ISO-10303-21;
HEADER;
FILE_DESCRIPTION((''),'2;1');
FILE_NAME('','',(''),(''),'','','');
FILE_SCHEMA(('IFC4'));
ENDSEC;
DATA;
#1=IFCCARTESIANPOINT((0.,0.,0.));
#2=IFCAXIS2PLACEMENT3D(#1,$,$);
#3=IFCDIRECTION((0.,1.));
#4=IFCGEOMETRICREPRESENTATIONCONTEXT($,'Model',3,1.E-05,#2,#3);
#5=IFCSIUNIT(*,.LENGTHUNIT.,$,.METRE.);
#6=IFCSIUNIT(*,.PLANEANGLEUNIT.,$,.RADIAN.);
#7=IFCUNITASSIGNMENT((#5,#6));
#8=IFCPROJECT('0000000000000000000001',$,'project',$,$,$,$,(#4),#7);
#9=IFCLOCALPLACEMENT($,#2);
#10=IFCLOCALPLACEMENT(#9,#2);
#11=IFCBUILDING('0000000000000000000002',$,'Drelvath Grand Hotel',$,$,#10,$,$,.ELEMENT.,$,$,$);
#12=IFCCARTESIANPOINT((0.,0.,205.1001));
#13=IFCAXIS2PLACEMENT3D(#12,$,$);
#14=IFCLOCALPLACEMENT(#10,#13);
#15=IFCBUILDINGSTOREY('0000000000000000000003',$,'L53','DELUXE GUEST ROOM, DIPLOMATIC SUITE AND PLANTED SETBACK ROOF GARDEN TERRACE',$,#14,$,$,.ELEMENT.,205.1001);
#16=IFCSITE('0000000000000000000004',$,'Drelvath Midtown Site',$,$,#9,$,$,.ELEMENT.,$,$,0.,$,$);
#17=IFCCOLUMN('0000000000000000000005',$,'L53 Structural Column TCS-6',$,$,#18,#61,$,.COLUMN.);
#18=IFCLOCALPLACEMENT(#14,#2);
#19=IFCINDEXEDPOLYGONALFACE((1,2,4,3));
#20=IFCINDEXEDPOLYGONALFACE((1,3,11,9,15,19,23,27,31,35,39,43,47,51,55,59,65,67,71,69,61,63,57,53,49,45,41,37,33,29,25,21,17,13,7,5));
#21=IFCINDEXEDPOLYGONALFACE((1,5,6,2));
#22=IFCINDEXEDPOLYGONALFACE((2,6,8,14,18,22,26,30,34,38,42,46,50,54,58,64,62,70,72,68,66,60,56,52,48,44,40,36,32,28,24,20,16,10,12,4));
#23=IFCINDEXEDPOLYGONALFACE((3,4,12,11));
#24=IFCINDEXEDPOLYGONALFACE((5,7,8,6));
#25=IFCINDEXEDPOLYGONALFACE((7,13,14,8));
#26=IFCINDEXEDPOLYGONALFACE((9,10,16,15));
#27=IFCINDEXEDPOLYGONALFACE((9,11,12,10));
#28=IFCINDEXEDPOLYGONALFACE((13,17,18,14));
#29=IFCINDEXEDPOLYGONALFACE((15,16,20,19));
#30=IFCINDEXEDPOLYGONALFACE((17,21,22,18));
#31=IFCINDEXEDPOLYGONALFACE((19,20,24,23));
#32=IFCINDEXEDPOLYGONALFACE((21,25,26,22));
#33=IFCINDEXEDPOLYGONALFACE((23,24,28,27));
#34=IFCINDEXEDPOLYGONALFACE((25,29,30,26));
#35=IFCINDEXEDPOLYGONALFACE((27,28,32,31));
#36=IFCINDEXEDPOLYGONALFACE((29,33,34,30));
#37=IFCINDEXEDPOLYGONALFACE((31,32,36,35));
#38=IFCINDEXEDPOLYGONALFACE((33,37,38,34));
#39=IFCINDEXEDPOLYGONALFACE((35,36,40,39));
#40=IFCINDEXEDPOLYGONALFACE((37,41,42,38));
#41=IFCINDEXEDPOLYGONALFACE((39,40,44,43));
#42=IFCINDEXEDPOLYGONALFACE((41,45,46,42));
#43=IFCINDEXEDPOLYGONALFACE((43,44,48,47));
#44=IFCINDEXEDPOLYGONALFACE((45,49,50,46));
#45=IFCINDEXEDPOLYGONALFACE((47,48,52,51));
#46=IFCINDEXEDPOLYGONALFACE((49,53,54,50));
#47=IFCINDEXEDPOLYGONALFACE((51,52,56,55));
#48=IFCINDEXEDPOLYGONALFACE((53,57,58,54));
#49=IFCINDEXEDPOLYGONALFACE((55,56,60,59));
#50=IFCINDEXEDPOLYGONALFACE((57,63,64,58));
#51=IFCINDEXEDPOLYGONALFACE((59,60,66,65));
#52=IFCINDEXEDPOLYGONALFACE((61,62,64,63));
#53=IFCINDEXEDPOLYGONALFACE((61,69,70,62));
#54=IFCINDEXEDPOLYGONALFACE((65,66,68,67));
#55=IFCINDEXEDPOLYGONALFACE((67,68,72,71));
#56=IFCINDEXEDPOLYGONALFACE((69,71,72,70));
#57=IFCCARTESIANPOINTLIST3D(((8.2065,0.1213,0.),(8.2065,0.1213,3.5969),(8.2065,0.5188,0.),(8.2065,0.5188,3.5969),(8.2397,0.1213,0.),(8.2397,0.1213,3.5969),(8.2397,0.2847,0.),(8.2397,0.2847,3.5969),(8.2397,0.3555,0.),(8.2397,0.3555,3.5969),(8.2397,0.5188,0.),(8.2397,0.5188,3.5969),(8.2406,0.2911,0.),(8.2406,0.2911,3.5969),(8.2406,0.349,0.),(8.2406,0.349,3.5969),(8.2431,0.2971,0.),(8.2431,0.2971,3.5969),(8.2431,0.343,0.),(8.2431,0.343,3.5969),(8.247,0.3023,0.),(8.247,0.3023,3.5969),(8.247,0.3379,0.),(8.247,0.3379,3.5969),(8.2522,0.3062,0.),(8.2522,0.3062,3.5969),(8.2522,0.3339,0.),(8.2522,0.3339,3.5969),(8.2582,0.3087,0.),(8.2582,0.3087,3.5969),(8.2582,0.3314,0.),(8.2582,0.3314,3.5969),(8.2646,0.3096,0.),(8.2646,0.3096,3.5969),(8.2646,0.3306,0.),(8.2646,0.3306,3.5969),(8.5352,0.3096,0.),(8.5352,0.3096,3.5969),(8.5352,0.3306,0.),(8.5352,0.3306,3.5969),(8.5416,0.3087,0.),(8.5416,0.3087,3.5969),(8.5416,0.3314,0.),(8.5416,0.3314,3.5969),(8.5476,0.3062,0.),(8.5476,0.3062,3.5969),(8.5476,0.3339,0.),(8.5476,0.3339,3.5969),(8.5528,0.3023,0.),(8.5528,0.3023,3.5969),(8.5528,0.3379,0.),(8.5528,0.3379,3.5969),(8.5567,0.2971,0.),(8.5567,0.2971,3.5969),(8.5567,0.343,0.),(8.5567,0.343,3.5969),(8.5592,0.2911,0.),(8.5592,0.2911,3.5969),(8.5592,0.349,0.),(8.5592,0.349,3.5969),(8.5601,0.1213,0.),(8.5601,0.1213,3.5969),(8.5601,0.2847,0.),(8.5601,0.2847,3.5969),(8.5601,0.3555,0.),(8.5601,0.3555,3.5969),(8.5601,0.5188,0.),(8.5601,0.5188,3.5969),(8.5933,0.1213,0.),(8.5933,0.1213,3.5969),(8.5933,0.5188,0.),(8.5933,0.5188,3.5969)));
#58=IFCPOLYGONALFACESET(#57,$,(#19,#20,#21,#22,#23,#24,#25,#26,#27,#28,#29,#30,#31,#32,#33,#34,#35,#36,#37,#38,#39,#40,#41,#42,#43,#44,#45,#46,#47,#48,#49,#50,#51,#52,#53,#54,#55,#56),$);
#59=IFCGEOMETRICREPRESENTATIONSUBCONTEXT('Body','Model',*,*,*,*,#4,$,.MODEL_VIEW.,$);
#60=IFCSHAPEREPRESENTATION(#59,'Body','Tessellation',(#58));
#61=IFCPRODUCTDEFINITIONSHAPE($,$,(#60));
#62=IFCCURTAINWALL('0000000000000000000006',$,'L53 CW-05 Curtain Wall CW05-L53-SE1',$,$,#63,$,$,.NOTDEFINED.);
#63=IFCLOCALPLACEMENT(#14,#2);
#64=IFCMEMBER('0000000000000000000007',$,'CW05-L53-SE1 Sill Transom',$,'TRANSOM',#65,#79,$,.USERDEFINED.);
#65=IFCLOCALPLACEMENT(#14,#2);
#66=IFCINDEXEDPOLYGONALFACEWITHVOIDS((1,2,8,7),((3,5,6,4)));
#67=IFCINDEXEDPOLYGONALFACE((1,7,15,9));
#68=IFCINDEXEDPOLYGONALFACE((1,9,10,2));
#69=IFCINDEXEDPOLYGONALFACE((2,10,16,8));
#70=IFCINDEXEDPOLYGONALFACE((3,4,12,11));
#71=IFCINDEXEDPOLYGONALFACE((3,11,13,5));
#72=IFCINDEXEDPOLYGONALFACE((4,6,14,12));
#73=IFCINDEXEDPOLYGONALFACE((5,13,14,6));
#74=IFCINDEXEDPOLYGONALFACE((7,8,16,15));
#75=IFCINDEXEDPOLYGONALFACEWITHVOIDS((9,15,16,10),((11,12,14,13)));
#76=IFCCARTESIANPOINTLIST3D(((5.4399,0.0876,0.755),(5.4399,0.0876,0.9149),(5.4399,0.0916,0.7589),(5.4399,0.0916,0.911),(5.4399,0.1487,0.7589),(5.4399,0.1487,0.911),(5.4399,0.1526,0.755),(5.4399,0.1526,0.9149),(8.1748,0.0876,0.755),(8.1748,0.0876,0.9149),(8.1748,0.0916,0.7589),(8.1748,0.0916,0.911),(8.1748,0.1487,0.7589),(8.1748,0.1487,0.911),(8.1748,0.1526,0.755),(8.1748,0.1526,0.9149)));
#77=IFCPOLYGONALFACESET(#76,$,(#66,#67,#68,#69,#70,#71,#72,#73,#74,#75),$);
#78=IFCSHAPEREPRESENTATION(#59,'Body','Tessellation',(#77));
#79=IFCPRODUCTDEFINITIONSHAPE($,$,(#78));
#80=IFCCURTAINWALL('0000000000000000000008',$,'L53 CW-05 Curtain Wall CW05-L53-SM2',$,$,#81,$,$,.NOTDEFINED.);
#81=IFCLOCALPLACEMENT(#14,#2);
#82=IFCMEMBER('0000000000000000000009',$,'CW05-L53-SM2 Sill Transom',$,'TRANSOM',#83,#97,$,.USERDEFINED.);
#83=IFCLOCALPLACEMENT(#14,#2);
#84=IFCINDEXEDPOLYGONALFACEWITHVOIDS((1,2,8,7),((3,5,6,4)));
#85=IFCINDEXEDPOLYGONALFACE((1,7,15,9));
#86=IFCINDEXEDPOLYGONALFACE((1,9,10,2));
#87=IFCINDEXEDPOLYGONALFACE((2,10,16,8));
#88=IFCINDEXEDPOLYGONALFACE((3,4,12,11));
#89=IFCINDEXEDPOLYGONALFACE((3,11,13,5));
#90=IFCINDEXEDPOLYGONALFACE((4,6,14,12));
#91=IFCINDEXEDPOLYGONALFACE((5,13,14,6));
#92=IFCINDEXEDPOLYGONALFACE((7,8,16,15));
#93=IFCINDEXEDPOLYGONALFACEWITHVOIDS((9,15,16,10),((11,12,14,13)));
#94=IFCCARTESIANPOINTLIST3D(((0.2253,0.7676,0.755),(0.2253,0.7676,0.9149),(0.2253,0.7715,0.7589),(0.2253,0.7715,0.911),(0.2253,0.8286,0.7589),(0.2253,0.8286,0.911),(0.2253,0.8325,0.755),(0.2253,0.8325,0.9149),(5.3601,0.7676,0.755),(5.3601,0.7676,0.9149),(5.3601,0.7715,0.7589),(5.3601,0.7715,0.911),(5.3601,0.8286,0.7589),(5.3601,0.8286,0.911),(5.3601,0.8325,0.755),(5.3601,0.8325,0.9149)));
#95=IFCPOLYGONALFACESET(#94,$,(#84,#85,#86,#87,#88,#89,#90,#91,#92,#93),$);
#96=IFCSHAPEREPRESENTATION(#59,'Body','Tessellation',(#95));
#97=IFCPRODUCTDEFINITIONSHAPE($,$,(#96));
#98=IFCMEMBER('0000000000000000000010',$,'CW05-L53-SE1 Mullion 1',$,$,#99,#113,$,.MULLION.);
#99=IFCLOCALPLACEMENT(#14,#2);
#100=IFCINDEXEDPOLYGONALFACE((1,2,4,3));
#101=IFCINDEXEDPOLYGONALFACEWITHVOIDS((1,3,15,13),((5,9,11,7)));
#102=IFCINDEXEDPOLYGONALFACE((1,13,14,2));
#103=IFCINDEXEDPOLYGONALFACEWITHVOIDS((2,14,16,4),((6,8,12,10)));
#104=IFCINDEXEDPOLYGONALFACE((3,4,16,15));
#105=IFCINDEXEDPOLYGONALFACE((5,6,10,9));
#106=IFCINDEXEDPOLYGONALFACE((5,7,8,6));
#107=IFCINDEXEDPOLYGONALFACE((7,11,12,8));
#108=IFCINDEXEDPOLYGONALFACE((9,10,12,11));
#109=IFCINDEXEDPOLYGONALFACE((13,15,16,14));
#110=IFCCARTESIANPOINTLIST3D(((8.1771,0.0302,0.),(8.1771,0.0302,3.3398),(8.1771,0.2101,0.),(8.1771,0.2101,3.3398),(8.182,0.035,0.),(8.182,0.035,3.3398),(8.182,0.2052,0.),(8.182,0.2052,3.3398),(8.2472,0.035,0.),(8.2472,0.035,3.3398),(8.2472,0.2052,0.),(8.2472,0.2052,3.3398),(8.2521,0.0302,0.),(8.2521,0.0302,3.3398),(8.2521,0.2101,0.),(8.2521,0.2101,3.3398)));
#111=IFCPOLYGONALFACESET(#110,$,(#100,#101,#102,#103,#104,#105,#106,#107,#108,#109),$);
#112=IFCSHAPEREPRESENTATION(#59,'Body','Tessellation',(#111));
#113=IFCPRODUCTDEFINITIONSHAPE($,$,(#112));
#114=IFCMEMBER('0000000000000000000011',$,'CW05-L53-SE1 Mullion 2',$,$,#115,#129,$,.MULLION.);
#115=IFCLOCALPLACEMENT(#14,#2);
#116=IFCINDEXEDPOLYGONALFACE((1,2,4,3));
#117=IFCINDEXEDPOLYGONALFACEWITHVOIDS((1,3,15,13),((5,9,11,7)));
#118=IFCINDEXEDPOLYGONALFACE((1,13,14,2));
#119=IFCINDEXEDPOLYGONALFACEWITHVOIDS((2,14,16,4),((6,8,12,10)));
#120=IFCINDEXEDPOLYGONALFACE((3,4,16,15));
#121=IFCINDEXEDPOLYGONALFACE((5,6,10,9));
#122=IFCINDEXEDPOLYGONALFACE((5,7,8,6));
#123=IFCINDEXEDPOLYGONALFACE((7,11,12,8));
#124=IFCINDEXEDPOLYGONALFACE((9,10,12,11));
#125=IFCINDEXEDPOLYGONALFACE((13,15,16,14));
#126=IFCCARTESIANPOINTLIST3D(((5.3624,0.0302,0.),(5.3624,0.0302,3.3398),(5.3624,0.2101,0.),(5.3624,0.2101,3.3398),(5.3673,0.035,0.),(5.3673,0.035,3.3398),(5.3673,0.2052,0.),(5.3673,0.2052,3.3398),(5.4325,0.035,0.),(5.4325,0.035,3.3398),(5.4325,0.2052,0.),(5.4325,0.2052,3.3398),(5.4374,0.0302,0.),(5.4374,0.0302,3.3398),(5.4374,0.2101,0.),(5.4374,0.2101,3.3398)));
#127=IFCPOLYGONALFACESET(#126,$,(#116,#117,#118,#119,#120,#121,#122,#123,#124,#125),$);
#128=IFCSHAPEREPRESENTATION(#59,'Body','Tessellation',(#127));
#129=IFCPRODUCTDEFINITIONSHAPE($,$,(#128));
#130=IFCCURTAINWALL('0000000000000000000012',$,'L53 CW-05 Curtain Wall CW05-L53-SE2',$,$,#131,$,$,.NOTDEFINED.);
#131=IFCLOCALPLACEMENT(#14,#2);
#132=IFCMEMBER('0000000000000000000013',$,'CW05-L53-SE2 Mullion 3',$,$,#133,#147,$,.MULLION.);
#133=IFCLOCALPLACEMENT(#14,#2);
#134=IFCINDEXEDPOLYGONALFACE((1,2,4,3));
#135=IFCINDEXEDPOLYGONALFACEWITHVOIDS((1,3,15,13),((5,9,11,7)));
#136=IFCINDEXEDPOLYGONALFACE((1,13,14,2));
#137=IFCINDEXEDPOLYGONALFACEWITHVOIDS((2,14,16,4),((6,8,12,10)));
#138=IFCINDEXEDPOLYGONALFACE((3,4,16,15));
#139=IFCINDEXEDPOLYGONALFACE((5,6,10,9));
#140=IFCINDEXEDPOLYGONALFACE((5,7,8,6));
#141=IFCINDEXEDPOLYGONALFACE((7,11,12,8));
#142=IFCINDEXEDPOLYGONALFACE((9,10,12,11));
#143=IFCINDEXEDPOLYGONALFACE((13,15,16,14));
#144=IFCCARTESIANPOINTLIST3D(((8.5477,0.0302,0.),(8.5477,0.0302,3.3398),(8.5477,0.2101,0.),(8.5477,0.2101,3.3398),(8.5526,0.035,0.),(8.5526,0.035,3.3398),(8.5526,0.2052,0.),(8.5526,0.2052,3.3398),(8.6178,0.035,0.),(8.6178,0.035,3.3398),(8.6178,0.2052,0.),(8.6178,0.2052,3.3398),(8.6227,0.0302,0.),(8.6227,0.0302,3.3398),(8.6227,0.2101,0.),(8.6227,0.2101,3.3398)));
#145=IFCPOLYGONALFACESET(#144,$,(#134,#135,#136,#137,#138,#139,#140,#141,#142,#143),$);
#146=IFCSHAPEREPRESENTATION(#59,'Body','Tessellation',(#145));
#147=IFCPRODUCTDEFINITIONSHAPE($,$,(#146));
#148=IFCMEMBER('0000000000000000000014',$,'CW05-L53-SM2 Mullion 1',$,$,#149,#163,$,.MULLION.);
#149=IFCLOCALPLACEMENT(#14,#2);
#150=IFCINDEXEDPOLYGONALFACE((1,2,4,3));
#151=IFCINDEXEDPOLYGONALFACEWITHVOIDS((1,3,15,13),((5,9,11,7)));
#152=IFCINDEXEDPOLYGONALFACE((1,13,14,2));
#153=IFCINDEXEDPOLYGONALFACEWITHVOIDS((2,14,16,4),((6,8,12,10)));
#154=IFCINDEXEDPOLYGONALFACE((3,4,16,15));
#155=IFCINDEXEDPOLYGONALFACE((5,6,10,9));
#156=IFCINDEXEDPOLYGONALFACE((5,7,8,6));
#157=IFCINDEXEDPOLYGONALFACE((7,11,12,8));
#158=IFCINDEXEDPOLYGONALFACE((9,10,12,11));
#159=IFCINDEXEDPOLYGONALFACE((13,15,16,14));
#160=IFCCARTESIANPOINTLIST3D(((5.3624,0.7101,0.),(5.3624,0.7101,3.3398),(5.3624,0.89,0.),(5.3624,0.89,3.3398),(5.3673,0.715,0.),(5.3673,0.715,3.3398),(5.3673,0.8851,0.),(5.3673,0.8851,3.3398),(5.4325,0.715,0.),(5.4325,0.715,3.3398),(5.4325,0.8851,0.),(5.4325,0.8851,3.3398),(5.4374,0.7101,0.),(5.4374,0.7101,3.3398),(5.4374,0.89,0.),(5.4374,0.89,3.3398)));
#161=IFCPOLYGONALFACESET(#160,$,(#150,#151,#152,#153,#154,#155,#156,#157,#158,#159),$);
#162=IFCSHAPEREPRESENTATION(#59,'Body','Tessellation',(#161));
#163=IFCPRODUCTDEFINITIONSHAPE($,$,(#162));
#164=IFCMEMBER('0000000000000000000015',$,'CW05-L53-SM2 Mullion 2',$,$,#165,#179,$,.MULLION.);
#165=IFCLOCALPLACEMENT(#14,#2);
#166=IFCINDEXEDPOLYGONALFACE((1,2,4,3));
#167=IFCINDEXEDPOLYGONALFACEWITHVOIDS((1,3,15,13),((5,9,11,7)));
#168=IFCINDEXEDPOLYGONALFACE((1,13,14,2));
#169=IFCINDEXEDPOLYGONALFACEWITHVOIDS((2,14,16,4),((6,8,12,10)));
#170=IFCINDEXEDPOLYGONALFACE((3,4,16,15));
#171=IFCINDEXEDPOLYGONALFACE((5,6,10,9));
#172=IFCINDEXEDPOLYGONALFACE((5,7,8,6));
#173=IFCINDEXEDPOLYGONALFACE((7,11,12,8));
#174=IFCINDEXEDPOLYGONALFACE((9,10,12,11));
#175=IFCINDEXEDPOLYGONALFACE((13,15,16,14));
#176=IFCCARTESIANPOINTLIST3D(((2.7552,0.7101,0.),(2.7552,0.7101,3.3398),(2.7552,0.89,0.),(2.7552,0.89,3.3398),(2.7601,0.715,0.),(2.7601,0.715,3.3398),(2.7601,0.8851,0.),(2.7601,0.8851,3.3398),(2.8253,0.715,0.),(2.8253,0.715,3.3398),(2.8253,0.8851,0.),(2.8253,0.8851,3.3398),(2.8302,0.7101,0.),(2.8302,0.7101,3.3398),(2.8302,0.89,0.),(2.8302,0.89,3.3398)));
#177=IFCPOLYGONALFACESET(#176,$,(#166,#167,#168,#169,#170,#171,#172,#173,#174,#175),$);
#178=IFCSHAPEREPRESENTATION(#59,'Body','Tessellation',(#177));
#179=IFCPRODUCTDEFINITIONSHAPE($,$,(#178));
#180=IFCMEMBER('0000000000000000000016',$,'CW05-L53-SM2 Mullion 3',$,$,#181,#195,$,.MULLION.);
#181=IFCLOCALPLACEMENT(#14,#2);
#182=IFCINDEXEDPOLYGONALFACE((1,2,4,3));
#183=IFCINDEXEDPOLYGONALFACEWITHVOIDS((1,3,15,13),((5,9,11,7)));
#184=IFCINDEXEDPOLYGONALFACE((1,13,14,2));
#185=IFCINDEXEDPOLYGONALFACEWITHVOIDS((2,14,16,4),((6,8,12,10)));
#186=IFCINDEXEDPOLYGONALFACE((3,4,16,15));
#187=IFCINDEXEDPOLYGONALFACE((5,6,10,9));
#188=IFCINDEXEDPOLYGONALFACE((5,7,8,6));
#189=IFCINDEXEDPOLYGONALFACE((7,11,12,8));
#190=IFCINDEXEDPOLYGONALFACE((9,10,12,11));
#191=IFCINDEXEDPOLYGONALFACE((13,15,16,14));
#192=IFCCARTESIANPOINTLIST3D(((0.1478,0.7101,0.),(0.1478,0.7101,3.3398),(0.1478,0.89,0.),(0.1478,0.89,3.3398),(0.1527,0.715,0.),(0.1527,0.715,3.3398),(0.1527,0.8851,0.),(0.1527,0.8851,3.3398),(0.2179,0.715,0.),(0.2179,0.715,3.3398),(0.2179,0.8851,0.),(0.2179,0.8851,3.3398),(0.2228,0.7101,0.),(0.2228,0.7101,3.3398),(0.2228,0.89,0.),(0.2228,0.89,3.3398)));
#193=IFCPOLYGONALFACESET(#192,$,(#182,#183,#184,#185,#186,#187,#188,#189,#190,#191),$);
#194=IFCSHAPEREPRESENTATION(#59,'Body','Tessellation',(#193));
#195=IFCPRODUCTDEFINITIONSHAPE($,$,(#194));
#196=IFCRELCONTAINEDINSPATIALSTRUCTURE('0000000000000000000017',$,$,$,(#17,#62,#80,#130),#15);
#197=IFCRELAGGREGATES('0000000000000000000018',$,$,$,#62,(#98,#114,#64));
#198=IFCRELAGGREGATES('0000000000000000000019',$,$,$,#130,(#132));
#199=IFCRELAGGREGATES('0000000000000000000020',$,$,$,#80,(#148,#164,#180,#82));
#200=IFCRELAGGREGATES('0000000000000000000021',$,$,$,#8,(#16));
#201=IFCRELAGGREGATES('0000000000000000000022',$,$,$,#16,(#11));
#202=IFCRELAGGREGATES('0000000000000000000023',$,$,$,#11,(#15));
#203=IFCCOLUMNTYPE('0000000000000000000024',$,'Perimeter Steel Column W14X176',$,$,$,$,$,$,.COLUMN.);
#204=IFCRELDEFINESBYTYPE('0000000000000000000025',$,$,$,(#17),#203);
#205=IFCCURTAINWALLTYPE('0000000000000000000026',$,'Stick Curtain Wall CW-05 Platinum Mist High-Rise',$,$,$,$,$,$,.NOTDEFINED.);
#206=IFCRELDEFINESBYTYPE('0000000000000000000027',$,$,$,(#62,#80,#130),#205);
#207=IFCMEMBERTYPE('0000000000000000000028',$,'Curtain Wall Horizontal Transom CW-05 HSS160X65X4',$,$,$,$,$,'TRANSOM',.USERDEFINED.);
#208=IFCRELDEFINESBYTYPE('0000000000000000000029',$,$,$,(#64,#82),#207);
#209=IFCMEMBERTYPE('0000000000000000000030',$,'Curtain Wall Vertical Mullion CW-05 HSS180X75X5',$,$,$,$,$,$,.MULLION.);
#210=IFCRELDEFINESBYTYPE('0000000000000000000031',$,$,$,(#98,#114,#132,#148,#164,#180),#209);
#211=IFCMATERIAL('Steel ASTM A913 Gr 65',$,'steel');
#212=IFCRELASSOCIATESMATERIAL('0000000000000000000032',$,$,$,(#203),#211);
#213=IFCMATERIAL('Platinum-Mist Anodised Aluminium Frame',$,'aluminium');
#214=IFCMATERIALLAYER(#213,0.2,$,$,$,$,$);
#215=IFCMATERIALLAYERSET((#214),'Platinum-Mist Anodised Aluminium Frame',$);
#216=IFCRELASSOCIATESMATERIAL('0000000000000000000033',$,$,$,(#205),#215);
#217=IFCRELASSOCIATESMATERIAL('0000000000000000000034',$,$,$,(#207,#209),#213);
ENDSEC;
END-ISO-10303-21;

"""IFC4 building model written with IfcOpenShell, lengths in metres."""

from ifc_helpers import new_model, si_unit, direction, frame, origin, origin_2d, place, context, subcontext, project, spatial, hollow_rectangle, i_section, extrude, material, layer, layer_set, material_profile, profile_set, type_object, element, aggregate, save


model = new_model("IFC4")

# Units and contexts
model_context = context("Model", 3, precision=1e-05, world=origin(), true_north=direction((0.0, 1.0)))
body_context = subcontext(model_context, "Body", "Model", "MODEL_VIEW")
ifc_project = project(units=[si_unit("LENGTHUNIT", "METRE"), si_unit("PLANEANGLEUNIT", "RADIAN")], contexts=[model_context])

# Site, building, storey
site_placement = place(None, origin())
site = spatial("IfcSite", under=ifc_project, at=site_placement, Name="Drelvath Midtown Site", CompositionType="ELEMENT", RefElevation=0.0)
building_placement = place(site_placement, origin())
building = spatial("IfcBuilding", under=site, at=building_placement, Name="Drelvath Grand Hotel", CompositionType="ELEMENT")
storey_placement = place(building_placement, frame((0.0, 0.0, 205.1001)))
storey = spatial("IfcBuildingStorey", under=building, at=storey_placement, Name="L53", Description="DELUXE GUEST ROOM, DIPLOMATIC SUITE AND PLANTED SETBACK ROOF GARDEN TERRACE", CompositionType="ELEMENT", Elevation=205.1001)

# Column
ifc_material_1 = material(Name="Steel ASTM A913 Gr 65", Category="steel")
ifc_material_profile_1 = material_profile(ifc_material_1, i_section(OverallWidth=0.3975, OverallDepth=0.3867, WebThickness=0.021, FlangeThickness=0.0332, FilletRadius=0.0249, at=origin_2d()), Name="W14X176")
ifc_profile_set_1 = profile_set([ifc_material_profile_1], Name="Steel ASTM A913 Gr 65")
column_type = type_object("IfcColumnType", Name="Perimeter Steel Column W14X176", PredefinedType="COLUMN", material=ifc_profile_set_1)
column_placement = place(storey_placement, frame((8.3999, 0.3201, 0.0), z_axis=(0.0, 0.0, 1.0), x_axis=(0.0, 1.0, 0.0)))
element("IfcColumn", 1, at=column_placement, inside=storey, type_object=column_type, Name="L53 Structural Column TCS-6", PredefinedType="COLUMN", context=body_context, shape_type="SweptSolid", body=[
    extrude(i_section(OverallWidth=0.3975, OverallDepth=0.3867, WebThickness=0.021, FlangeThickness=0.0332, FilletRadius=0.0249, at=origin_2d()), origin(), (0.0, 0.0, 1.0), 3.5969),
])

# Curtain walls, members
ifc_material_2 = material(Name="Platinum-Mist Anodised Aluminium Frame", Category="aluminium")
ifc_layer_1 = layer(ifc_material_2, 0.2)
ifc_layer_set_1 = layer_set([ifc_layer_1], Name="Platinum-Mist Anodised Aluminium Frame")
curtain_wall_type = type_object("IfcCurtainWallType", Name="Stick Curtain Wall CW-05 Platinum Mist High-Rise", PredefinedType="NOTDEFINED", material=ifc_layer_set_1)
curtain_wall_1_placement = place(storey_placement, origin())
curtain_wall_1 = element("IfcCurtainWall", 2, at=curtain_wall_1_placement, inside=storey, type_object=curtain_wall_type, Name="L53 CW-05 Curtain Wall CW05-L53-SE1", PredefinedType="NOTDEFINED")
ifc_material_profile_2 = material_profile(ifc_material_2, hollow_rectangle(XDim=0.0649, YDim=0.1599, WallThickness=0.0039, at=origin_2d()), Name="HSS160X65X4")
ifc_profile_set_2 = profile_set([ifc_material_profile_2], Name="Platinum-Mist Anodised Aluminium Frame")
member_type_1 = type_object("IfcMemberType", Name="Curtain Wall Horizontal Transom CW-05 HSS160X65X4", ElementType="TRANSOM", PredefinedType="USERDEFINED", material=ifc_profile_set_2)
member_1_placement = place(storey_placement, frame((8.1748, 0.1201, 0.835), z_axis=(-1.0, 0.0, 0.0), x_axis=(0.0, -1.0, 0.0)))
member_1 = element("IfcMember", 3, at=member_1_placement, type_object=member_type_1, Name="CW05-L53-SE1 Sill Transom", ObjectType="TRANSOM", PredefinedType="USERDEFINED", context=body_context, shape_type="SweptSolid", body=[
    extrude(hollow_rectangle(XDim=0.0649, YDim=0.1599, WallThickness=0.0039, at=origin_2d()), origin(), (0.0, 0.0, 1.0), 2.7349),
])
curtain_wall_2_placement = place(storey_placement, origin())
curtain_wall_2 = element("IfcCurtainWall", 4, at=curtain_wall_2_placement, inside=storey, type_object=curtain_wall_type, Name="L53 CW-05 Curtain Wall CW05-L53-SM2", PredefinedType="NOTDEFINED")
member_2_placement = place(storey_placement, frame((5.3601, 0.8, 0.835), z_axis=(-1.0, 0.0, 0.0), x_axis=(0.0, -1.0, 0.0)))
member_2 = element("IfcMember", 5, at=member_2_placement, type_object=member_type_1, Name="CW05-L53-SM2 Sill Transom", ObjectType="TRANSOM", PredefinedType="USERDEFINED", context=body_context, shape_type="SweptSolid", body=[
    extrude(hollow_rectangle(XDim=0.0649, YDim=0.1599, WallThickness=0.0039, at=origin_2d()), origin(), (0.0, 0.0, 1.0), 5.1348),
])

# Members
ifc_material_profile_3 = material_profile(ifc_material_2, hollow_rectangle(XDim=0.075, YDim=0.1799, WallThickness=0.0049, at=origin_2d()), Name="HSS180X75X5")
ifc_profile_set_3 = profile_set([ifc_material_profile_3], Name="Platinum-Mist Anodised Aluminium Frame")
member_type_2 = type_object("IfcMemberType", Name="Curtain Wall Vertical Mullion CW-05 HSS180X75X5", PredefinedType="MULLION", material=ifc_profile_set_3)
member_3_placement = place(storey_placement, frame((8.2146, 0.1201, 0.0), z_axis=(0.0, 0.0, 1.0), x_axis=(1.0, 0.0, 0.0)))
member_3 = element("IfcMember", 6, at=member_3_placement, type_object=member_type_2, Name="CW05-L53-SE1 Mullion 1", PredefinedType="MULLION", context=body_context, shape_type="SweptSolid", body=[
    extrude(hollow_rectangle(XDim=0.075, YDim=0.1799, WallThickness=0.0049, at=origin_2d()), origin(), (0.0, 0.0, 1.0), 3.3398),
])
member_4_placement = place(storey_placement, frame((5.3999, 0.1201, 0.0), z_axis=(0.0, 0.0, 1.0), x_axis=(1.0, 0.0, 0.0)))
member_4 = element("IfcMember", 7, at=member_4_placement, type_object=member_type_2, Name="CW05-L53-SE1 Mullion 2", PredefinedType="MULLION", context=body_context, shape_type="SweptSolid", body=[
    extrude(hollow_rectangle(XDim=0.075, YDim=0.1799, WallThickness=0.0049, at=origin_2d()), origin(), (0.0, 0.0, 1.0), 3.3398),
])

# Curtain wall, member
curtain_wall_3_placement = place(storey_placement, origin())
curtain_wall_3 = element("IfcCurtainWall", 8, at=curtain_wall_3_placement, inside=storey, type_object=curtain_wall_type, Name="L53 CW-05 Curtain Wall CW05-L53-SE2", PredefinedType="NOTDEFINED")
member_5_placement = place(storey_placement, frame((8.5852, 0.1201, 0.0), z_axis=(0.0, 0.0, 1.0), x_axis=(1.0, 0.0, 0.0)))
member_5 = element("IfcMember", 9, at=member_5_placement, type_object=member_type_2, Name="CW05-L53-SE2 Mullion 3", PredefinedType="MULLION", context=body_context, shape_type="SweptSolid", body=[
    extrude(hollow_rectangle(XDim=0.075, YDim=0.1799, WallThickness=0.0049, at=origin_2d()), origin(), (0.0, 0.0, 1.0), 3.3398),
])

# Members
member_6_placement = place(storey_placement, frame((5.3999, 0.8, 0.0), z_axis=(0.0, 0.0, 1.0), x_axis=(1.0, 0.0, 0.0)))
member_6 = element("IfcMember", 10, at=member_6_placement, type_object=member_type_2, Name="CW05-L53-SM2 Mullion 1", PredefinedType="MULLION", context=body_context, shape_type="SweptSolid", body=[
    extrude(hollow_rectangle(XDim=0.075, YDim=0.1799, WallThickness=0.0049, at=origin_2d()), origin(), (0.0, 0.0, 1.0), 3.3398),
])
member_7_placement = place(storey_placement, frame((2.7927, 0.8, 0.0), z_axis=(0.0, 0.0, 1.0), x_axis=(1.0, 0.0, 0.0)))
member_7 = element("IfcMember", 11, at=member_7_placement, type_object=member_type_2, Name="CW05-L53-SM2 Mullion 2", PredefinedType="MULLION", context=body_context, shape_type="SweptSolid", body=[
    extrude(hollow_rectangle(XDim=0.075, YDim=0.1799, WallThickness=0.0049, at=origin_2d()), origin(), (0.0, 0.0, 1.0), 3.3398),
])
member_8_placement = place(storey_placement, frame((0.1853, 0.8, 0.0), z_axis=(0.0, 0.0, 1.0), x_axis=(1.0, 0.0, 0.0)))
member_8 = element("IfcMember", 12, at=member_8_placement, type_object=member_type_2, Name="CW05-L53-SM2 Mullion 3", PredefinedType="MULLION", context=body_context, shape_type="SweptSolid", body=[
    extrude(hollow_rectangle(XDim=0.075, YDim=0.1799, WallThickness=0.0049, at=origin_2d()), origin(), (0.0, 0.0, 1.0), 3.3398),
])

aggregate(curtain_wall_1, [member_3, member_4, member_1])
aggregate(curtain_wall_3, [member_5])
aggregate(curtain_wall_2, [member_6, member_7, member_8, member_2])

save(model, "model.ifc")
